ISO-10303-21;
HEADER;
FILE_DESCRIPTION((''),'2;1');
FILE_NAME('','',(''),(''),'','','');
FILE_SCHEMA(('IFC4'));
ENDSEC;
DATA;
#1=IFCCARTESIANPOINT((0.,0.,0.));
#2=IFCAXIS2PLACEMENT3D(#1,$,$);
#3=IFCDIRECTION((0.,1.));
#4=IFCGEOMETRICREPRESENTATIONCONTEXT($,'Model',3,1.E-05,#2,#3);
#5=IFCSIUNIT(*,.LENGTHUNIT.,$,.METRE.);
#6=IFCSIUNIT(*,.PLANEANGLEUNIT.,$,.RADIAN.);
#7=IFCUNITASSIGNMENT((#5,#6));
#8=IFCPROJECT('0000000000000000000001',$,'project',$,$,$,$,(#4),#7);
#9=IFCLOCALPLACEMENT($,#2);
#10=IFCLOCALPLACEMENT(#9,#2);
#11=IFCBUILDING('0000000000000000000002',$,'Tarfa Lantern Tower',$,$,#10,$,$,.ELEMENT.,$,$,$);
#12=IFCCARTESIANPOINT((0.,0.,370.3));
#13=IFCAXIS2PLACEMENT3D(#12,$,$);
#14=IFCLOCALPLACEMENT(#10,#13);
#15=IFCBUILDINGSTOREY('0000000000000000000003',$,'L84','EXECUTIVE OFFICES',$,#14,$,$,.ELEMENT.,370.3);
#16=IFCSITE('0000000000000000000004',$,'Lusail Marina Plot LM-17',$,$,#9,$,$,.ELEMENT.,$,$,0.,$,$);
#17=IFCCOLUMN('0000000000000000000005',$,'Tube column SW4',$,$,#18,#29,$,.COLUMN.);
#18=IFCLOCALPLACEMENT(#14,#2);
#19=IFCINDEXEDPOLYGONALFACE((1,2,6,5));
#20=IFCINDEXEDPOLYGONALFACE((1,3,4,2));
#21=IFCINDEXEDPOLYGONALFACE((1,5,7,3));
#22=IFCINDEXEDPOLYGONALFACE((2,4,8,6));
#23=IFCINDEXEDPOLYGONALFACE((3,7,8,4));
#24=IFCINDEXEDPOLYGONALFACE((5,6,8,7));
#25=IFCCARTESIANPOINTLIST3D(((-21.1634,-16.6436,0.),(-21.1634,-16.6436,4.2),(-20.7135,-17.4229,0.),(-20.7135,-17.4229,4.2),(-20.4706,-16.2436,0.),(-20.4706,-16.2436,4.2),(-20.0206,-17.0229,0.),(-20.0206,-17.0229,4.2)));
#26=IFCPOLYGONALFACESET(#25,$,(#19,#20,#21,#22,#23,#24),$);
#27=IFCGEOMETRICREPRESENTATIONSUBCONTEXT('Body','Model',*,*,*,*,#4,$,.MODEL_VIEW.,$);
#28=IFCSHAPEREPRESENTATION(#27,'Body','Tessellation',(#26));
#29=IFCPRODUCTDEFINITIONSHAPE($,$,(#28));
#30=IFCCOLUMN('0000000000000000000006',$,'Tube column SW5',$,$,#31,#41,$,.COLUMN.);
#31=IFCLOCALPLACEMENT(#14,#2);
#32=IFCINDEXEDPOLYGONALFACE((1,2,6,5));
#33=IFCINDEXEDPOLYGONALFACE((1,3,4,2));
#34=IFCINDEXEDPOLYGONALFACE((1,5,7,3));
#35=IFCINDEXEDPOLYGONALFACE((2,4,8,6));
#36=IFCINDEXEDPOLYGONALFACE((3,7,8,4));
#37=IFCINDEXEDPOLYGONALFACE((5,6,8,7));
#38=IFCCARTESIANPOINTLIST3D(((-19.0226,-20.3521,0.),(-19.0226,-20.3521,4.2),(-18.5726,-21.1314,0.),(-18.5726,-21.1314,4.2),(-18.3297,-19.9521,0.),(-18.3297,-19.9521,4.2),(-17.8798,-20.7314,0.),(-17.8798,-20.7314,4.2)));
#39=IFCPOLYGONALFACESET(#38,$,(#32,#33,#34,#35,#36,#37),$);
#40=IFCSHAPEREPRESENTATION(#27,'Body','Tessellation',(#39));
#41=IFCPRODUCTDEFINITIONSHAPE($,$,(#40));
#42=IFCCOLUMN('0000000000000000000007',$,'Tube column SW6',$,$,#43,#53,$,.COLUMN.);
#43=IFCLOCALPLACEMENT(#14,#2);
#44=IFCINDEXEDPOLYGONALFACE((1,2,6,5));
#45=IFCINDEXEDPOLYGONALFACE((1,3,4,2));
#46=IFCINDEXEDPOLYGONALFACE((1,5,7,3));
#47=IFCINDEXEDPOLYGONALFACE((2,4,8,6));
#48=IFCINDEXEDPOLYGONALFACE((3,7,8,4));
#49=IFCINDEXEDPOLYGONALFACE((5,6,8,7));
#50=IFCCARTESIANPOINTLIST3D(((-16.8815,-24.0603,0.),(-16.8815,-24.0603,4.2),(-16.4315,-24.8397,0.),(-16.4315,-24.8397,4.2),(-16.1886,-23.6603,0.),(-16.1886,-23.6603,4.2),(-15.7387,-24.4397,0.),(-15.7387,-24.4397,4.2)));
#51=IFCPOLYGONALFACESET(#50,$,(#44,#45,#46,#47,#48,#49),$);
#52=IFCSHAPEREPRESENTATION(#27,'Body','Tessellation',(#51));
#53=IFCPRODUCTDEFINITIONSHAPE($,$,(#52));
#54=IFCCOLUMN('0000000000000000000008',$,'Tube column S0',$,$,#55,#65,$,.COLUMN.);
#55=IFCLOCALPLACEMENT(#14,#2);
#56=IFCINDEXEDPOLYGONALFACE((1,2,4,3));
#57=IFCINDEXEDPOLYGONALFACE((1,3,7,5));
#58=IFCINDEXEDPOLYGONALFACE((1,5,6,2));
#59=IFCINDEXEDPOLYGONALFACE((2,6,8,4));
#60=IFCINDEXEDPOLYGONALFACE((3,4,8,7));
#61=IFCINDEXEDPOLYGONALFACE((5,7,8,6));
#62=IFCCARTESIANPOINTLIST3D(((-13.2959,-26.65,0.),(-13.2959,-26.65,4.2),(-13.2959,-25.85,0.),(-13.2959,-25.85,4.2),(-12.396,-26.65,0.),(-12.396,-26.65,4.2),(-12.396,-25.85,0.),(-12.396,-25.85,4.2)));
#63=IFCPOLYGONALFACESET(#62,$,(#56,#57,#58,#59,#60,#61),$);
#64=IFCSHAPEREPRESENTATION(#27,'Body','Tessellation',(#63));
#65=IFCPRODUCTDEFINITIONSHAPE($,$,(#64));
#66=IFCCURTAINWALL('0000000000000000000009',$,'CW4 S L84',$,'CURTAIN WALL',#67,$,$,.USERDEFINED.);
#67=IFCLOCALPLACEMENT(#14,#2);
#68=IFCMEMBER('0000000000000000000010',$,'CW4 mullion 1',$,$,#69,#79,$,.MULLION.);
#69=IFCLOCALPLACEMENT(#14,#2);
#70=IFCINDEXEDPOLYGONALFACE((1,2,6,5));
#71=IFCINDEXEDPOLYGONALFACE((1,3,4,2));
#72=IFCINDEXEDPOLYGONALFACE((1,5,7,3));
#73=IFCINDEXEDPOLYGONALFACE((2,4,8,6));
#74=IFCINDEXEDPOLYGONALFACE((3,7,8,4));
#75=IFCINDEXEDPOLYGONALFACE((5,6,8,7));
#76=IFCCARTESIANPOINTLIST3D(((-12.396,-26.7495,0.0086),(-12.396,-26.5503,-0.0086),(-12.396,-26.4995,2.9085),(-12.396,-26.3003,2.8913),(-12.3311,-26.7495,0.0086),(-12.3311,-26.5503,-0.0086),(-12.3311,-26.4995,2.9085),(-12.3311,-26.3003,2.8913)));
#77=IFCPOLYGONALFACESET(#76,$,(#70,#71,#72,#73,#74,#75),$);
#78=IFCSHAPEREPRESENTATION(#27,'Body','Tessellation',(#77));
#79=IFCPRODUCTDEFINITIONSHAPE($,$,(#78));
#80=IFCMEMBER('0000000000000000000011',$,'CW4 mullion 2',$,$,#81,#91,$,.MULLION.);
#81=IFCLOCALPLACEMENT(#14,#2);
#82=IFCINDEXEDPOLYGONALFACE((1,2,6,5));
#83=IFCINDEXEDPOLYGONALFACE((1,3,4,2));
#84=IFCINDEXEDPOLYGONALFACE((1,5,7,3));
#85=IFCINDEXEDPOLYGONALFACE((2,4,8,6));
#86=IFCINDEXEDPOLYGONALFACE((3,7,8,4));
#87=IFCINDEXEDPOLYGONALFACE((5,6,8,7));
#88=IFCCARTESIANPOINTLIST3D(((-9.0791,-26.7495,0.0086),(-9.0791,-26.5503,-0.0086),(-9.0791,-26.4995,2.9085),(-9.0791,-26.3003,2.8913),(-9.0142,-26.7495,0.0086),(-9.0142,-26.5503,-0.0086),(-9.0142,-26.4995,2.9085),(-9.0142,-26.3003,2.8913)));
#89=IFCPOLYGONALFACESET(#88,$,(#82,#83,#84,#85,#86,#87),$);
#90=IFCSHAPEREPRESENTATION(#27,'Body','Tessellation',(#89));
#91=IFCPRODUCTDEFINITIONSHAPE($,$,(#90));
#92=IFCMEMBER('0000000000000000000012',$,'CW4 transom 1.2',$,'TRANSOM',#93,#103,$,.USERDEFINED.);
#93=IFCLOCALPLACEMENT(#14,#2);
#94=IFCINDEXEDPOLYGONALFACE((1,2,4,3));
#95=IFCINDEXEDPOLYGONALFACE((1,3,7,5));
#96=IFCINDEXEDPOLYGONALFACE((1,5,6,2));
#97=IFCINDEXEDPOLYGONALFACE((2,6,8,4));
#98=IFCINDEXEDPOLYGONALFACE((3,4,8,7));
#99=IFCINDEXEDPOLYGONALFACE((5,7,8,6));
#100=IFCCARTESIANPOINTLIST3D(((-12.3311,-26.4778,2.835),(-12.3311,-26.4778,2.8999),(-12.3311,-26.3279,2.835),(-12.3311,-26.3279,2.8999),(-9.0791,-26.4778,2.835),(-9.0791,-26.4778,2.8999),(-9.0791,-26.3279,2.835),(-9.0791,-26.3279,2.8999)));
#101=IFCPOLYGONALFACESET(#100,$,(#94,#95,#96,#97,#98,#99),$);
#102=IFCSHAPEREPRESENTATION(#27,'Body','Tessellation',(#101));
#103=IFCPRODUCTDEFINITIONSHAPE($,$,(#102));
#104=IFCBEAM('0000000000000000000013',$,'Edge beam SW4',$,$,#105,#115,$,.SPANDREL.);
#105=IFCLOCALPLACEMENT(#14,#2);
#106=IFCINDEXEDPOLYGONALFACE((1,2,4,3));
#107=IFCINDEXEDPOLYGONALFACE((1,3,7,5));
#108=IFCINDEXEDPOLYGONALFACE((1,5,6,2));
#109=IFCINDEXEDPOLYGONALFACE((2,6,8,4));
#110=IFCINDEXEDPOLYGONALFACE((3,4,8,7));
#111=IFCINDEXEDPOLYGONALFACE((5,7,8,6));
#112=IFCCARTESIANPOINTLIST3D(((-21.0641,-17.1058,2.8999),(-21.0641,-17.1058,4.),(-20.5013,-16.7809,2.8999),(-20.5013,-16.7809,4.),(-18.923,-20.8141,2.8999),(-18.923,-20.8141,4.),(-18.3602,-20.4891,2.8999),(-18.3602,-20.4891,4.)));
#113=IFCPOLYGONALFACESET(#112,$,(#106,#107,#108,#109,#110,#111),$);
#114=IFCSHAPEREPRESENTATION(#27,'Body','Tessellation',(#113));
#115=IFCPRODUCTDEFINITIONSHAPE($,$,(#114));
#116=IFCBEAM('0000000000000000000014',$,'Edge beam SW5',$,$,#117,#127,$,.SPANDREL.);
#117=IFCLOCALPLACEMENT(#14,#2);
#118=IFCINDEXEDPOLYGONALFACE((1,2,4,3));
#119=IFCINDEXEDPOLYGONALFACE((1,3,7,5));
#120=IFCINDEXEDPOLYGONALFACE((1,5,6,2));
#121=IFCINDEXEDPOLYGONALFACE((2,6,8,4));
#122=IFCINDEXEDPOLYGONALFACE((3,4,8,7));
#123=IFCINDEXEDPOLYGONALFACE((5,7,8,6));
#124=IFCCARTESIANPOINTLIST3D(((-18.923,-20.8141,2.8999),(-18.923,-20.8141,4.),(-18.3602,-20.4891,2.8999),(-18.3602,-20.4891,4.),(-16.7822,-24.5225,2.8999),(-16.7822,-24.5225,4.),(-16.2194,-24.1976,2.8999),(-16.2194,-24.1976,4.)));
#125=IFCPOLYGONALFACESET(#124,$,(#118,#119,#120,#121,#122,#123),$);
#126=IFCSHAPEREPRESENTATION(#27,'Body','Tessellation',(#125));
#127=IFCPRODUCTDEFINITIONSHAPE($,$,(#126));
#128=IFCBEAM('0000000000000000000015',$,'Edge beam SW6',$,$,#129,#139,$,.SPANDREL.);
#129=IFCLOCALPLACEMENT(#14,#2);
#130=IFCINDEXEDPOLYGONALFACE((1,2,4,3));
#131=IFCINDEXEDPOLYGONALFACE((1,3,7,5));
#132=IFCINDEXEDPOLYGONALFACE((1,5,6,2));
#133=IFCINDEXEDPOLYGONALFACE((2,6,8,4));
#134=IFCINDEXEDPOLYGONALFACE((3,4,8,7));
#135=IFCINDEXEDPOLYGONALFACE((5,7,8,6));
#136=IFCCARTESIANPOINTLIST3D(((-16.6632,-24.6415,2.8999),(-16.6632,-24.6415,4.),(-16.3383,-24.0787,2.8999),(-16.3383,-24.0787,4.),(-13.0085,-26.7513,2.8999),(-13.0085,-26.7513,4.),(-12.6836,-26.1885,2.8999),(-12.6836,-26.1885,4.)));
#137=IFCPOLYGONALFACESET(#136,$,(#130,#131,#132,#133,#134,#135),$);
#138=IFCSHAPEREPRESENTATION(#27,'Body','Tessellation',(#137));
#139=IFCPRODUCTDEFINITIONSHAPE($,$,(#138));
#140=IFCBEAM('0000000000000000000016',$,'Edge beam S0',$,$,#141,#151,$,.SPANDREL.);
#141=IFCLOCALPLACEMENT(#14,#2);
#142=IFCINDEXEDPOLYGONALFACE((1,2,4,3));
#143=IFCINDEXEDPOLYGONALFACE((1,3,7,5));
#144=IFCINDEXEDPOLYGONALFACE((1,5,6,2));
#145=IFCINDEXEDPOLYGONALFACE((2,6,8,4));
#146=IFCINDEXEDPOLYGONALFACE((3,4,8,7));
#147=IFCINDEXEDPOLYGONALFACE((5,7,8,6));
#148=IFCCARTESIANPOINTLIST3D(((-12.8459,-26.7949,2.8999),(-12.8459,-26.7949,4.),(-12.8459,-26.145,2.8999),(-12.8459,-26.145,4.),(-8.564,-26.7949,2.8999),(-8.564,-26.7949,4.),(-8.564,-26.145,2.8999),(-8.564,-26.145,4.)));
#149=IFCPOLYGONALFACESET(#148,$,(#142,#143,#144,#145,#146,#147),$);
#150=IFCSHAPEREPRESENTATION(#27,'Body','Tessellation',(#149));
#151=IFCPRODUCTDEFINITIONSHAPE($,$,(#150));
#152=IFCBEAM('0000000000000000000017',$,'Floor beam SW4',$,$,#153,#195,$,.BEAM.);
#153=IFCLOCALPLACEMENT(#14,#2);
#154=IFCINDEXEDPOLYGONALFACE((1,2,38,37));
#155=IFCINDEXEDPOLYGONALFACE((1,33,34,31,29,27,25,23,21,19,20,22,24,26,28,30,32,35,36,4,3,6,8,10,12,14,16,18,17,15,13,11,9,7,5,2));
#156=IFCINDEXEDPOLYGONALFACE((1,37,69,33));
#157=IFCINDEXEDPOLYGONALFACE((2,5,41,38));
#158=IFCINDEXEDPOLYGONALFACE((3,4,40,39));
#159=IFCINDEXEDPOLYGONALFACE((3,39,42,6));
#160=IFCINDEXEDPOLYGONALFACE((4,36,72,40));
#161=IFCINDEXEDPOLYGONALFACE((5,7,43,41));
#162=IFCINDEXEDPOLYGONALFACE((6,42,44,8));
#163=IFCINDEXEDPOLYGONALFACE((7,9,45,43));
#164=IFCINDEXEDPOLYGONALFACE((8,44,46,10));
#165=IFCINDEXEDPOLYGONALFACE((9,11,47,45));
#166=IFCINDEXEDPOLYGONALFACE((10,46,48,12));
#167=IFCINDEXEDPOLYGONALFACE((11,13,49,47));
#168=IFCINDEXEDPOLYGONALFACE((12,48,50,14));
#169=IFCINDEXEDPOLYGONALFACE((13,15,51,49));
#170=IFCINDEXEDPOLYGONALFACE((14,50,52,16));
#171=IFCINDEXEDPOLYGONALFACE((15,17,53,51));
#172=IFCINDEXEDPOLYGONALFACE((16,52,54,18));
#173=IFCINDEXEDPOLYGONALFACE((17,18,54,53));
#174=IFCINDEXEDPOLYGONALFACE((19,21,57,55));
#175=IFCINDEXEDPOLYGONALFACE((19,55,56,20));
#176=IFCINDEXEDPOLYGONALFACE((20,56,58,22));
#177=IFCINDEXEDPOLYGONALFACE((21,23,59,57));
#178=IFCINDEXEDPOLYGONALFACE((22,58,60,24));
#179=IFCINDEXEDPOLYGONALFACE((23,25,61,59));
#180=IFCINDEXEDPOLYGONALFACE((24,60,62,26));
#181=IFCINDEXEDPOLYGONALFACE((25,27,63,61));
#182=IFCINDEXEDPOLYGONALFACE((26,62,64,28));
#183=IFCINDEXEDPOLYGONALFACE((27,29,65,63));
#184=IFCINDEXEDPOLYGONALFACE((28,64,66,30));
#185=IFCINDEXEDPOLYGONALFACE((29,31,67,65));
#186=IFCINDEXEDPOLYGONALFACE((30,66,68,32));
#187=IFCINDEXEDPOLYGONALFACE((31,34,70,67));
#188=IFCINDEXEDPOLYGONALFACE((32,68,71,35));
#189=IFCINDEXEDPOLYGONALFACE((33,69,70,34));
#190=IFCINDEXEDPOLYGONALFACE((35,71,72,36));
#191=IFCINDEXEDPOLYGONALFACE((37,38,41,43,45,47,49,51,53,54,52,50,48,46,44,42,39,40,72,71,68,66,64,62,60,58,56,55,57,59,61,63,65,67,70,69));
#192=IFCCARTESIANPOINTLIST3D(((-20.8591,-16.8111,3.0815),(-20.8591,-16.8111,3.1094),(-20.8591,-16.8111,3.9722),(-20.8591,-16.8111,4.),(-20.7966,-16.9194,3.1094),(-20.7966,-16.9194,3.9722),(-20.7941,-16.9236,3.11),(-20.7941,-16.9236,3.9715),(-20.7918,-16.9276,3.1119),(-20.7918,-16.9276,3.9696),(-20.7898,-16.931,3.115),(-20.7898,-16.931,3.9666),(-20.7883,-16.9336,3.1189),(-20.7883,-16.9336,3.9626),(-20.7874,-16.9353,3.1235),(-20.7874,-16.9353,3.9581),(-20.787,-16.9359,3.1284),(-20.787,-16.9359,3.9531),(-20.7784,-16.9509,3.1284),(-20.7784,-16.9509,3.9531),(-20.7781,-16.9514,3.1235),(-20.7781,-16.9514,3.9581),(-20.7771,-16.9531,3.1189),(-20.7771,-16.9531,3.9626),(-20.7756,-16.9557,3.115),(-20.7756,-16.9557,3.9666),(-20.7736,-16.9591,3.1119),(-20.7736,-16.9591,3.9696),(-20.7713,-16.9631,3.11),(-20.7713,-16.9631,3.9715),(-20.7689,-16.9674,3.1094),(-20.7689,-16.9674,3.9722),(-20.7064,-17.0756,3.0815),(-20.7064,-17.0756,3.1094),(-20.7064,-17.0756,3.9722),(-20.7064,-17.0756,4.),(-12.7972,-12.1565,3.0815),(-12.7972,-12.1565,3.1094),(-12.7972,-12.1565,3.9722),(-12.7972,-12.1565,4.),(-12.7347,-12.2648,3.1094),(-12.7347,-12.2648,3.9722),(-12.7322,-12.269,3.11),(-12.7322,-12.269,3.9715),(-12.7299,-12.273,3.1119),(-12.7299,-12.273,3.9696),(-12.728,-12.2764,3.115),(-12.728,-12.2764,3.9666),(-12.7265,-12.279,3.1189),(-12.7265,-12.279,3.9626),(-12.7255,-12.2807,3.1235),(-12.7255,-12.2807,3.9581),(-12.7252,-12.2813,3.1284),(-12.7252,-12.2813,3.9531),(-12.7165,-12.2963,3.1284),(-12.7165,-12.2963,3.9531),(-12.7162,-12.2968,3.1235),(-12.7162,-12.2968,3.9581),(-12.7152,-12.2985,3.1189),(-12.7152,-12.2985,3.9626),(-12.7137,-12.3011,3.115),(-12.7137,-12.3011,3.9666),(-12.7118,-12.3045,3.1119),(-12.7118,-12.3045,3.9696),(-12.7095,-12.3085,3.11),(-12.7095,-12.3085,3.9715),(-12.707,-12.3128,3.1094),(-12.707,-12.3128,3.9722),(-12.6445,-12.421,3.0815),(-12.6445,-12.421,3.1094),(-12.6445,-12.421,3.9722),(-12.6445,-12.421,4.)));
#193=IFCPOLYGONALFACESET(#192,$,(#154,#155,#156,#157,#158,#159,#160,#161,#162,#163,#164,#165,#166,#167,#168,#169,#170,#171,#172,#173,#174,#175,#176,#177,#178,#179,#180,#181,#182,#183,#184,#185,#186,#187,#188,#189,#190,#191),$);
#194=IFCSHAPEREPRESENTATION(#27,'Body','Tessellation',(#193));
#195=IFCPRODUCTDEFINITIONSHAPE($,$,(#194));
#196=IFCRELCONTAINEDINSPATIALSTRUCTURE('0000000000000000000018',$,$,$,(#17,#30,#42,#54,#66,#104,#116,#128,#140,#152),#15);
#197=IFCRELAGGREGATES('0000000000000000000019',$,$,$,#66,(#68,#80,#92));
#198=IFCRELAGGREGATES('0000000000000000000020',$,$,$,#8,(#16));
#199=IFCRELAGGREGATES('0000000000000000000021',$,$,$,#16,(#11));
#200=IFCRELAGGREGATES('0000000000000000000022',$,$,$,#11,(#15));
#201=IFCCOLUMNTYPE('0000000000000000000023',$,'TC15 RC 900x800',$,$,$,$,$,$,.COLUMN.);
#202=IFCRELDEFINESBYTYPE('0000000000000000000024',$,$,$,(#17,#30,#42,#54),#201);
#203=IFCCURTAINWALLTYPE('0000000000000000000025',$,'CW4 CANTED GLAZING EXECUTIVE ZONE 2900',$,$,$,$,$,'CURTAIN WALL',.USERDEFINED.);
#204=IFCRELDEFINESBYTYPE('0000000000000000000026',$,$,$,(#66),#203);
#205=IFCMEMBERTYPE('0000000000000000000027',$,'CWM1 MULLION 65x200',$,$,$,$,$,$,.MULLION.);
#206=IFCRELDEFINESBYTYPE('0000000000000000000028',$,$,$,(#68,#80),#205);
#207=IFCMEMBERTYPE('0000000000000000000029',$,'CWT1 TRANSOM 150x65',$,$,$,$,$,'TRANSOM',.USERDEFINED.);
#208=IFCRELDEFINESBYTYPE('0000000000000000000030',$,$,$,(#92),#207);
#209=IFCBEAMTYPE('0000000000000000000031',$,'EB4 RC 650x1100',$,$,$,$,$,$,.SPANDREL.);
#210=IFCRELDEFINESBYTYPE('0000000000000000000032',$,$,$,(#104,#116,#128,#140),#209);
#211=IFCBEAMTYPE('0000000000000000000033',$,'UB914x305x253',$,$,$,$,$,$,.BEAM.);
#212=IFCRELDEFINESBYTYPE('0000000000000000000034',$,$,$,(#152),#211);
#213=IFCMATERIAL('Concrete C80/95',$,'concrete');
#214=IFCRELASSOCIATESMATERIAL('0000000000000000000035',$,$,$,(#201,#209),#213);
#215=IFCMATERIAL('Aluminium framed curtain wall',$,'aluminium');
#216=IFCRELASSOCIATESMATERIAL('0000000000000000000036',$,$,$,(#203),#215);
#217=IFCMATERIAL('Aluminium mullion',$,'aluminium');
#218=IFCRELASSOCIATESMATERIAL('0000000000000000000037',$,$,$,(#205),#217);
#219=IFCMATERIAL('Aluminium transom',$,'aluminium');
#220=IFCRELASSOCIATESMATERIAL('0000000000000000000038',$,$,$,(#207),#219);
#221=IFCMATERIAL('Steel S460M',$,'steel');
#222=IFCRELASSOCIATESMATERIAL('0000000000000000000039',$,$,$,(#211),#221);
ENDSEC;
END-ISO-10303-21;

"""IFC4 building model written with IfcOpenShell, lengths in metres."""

from ifc_helpers import new_model, si_unit, direction, frame, origin, origin_2d, place, context, subcontext, project, spatial, rectangle, i_section, extrude, material, material_profile, profile_set, type_object, element, aggregate, save


model = new_model("IFC4")

# Units and contexts
model_context = context("Model", 3, precision=1e-05, world=origin(), true_north=direction((0.0, 1.0)))
body_context = subcontext(model_context, "Body", "Model", "MODEL_VIEW")
ifc_project = project(units=[si_unit("LENGTHUNIT", "METRE"), si_unit("PLANEANGLEUNIT", "RADIAN")], contexts=[model_context])

# Site, building, storey
site_placement = place(None, origin())
site = spatial("IfcSite", under=ifc_project, at=site_placement, Name="Lusail Marina Plot LM-17", CompositionType="ELEMENT", RefElevation=0.0)
building_placement = place(site_placement, origin())
building = spatial("IfcBuilding", under=site, at=building_placement, Name="Tarfa Lantern Tower", CompositionType="ELEMENT")
storey_placement = place(building_placement, frame((0.0, 0.0, 370.3)))
storey = spatial("IfcBuildingStorey", under=building, at=storey_placement, Name="L84", Description="EXECUTIVE OFFICES", CompositionType="ELEMENT", Elevation=370.3)

# Columns
ifc_material_1 = material(Name="Concrete C80/95", Category="concrete")
ifc_material_profile_1 = material_profile(ifc_material_1, rectangle(XDim=0.8999, YDim=0.8, at=origin_2d()), Name="RC 900x800")
ifc_profile_set_1 = profile_set([ifc_material_profile_1], Name="Concrete C80/95")
column_type = type_object("IfcColumnType", Name="TC15 RC 900x800", PredefinedType="COLUMN", material=ifc_profile_set_1)
for number, where, z_axis, x_axis, name in (
    (1, (-20.592, -16.8333, 0.0), (0.0, 0.0, 1.0), (0.5, -0.866025, 0.0), "Tube column SW4"),
    (2, (-18.4512, -20.5417, 0.0), (0.0, 0.0, 1.0), (0.5, -0.866025, 0.0), "Tube column SW5"),
    (3, (-16.3101, -24.25, 0.0), (0.0, 0.0, 1.0), (0.5, -0.866025, 0.0), "Tube column SW6"),
    (4, (-12.8459, -26.25, 0.0), (0.0, 0.0, 1.0), (1.0, 0.0, 0.0), "Tube column S0"),
):
    element("IfcColumn", number, at=place(storey_placement, frame(where, z_axis=z_axis, x_axis=x_axis)), inside=storey, type_object=column_type, Name=name, PredefinedType="COLUMN", context=body_context, shape_type="SweptSolid", body=[
        extrude(rectangle(XDim=0.8999, YDim=0.8, at=origin_2d()), origin(), (0.0, 0.0, 1.0), 4.2),
    ])

# Curtain wall, members
ifc_material_2 = material(Name="Aluminium framed curtain wall", Category="aluminium")
curtain_wall_type = type_object("IfcCurtainWallType", Name="CW4 CANTED GLAZING EXECUTIVE ZONE 2900", ElementType="CURTAIN WALL", PredefinedType="USERDEFINED", material=ifc_material_2)
curtain_wall_placement = place(storey_placement, origin())
curtain_wall = element("IfcCurtainWall", 5, at=curtain_wall_placement, inside=storey, type_object=curtain_wall_type, Name="CW4 S L84", ObjectType="CURTAIN WALL", PredefinedType="USERDEFINED")
ifc_material_3 = material(Name="Aluminium mullion", Category="aluminium")
ifc_material_profile_2 = material_profile(ifc_material_3, rectangle(XDim=0.0649, YDim=0.2, at=origin_2d()), Name="AL MULLION 65x200")
ifc_profile_set_2 = profile_set([ifc_material_profile_2], Name="Aluminium mullion")
member_type_1 = type_object("IfcMemberType", Name="CWM1 MULLION 65x200", PredefinedType="MULLION", material=ifc_profile_set_2)
member_1_placement = place(storey_placement, frame((-12.3635, -26.6499, 0.0), z_axis=(0.0, 0.085891, 0.996305), x_axis=(-1.0, 0.0, 0.0)))
member_1 = element("IfcMember", 6, at=member_1_placement, type_object=member_type_1, Name="CW4 mullion 1", PredefinedType="MULLION", context=body_context, shape_type="SweptSolid", body=[
    extrude(rectangle(XDim=0.0649, YDim=0.2, at=origin_2d()), origin(), (0.0, 0.0, 1.0), 2.9106),
])
member_2_placement = place(storey_placement, frame((-9.0466, -26.6499, 0.0), z_axis=(0.0, 0.085891, 0.996305), x_axis=(-1.0, 0.0, 0.0)))
member_2 = element("IfcMember", 7, at=member_2_placement, type_object=member_type_1, Name="CW4 mullion 2", PredefinedType="MULLION", context=body_context, shape_type="SweptSolid", body=[
    extrude(rectangle(XDim=0.0649, YDim=0.2, at=origin_2d()), origin(), (0.0, 0.0, 1.0), 2.9106),
])
ifc_material_4 = material(Name="Aluminium transom", Category="aluminium")
ifc_material_profile_3 = material_profile(ifc_material_4, rectangle(XDim=0.1499, YDim=0.0649, at=origin_2d()), Name="AL TRANSOM 150x65")
ifc_profile_set_3 = profile_set([ifc_material_profile_3], Name="Aluminium transom")
member_type_2 = type_object("IfcMemberType", Name="CWT1 TRANSOM 150x65", ElementType="TRANSOM", PredefinedType="USERDEFINED", material=ifc_profile_set_3)
member_3_placement = place(storey_placement, frame((-12.3311, -26.4028, 2.8674), z_axis=(1.0, 0.0, 0.0), x_axis=(0.0, 1.0, 0.0)))
member_3 = element("IfcMember", 8, at=member_3_placement, type_object=member_type_2, Name="CW4 transom 1.2", ObjectType="TRANSOM", PredefinedType="USERDEFINED", context=body_context, shape_type="SweptSolid", body=[
    extrude(rectangle(XDim=0.1499, YDim=0.0649, at=origin_2d()), origin(), (0.0, 0.0, 1.0), 3.252),
])

# Beams
ifc_material_profile_4 = material_profile(ifc_material_1, rectangle(XDim=0.6499, YDim=1.1001, at=origin_2d()), Name="RC 650x1100")
ifc_profile_set_4 = profile_set([ifc_material_profile_4], Name="Concrete C80/95")
beam_type_1 = type_object("IfcBeamType", Name="EB4 RC 650x1100", PredefinedType="SPANDREL", material=ifc_profile_set_4)
for number, where, z_axis, x_axis, name in (
    (9, (-20.7827, -16.9434, 3.45), (0.500027, -0.86601, 0.0), (0.86601, 0.500027, 0.0), "Edge beam SW4"),
    (10, (-18.6416, -20.6516, 3.45), (0.499959, -0.866049, 0.0), (0.866049, 0.499959, 0.0), "Edge beam SW5"),
):
    element("IfcBeam", number, at=place(storey_placement, frame(where, z_axis=z_axis, x_axis=x_axis)), inside=storey, type_object=beam_type_1, Name=name, PredefinedType="SPANDREL", context=body_context, shape_type="SweptSolid", body=[
        extrude(rectangle(XDim=0.6499, YDim=1.1001, at=origin_2d()), origin(), (0.0, 0.0, 1.0), 4.282),
    ])
beam_1_placement = place(storey_placement, frame((-16.5007, -24.3601, 3.45), z_axis=(0.866049, -0.499959, 0.0), x_axis=(0.499959, 0.866049, 0.0)))
element("IfcBeam", 11, at=beam_1_placement, inside=storey, type_object=beam_type_1, Name="Edge beam SW6", PredefinedType="SPANDREL", context=body_context, shape_type="SweptSolid", body=[
    extrude(rectangle(XDim=0.6499, YDim=1.1001, at=origin_2d()), origin(), (0.0, 0.0, 1.0), 4.22),
])
beam_2_placement = place(storey_placement, frame((-12.8459, -26.47, 3.45), z_axis=(1.0, 0.0, 0.0), x_axis=(0.0, 1.0, 0.0)))
element("IfcBeam", 12, at=beam_2_placement, inside=storey, type_object=beam_type_1, Name="Edge beam S0", PredefinedType="SPANDREL", context=body_context, shape_type="SweptSolid", body=[
    extrude(rectangle(XDim=0.6499, YDim=1.1001, at=origin_2d()), origin(), (0.0, 0.0, 1.0), 4.282),
])
ifc_material_5 = material(Name="Steel S460M", Category="steel")
ifc_material_profile_5 = material_profile(ifc_material_5, i_section(OverallWidth=0.3054, OverallDepth=0.9185, WebThickness=0.0173, FlangeThickness=0.0278, FilletRadius=0.019, at=origin_2d()), Name="UB914x305x253")
ifc_profile_set_5 = profile_set([ifc_material_profile_5], Name="Steel S460M")
beam_type_2 = type_object("IfcBeamType", Name="UB914x305x253", PredefinedType="BEAM", material=ifc_profile_set_5)
beam_3_placement = place(storey_placement, frame((-20.7827, -16.9434, 3.5408), z_axis=(0.866022, 0.500006, 0.0), x_axis=(-0.500006, 0.866022, 0.0)))
element("IfcBeam", 13, at=beam_3_placement, inside=storey, type_object=beam_type_2, Name="Floor beam SW4", PredefinedType="BEAM", context=body_context, shape_type="SweptSolid", body=[
    extrude(i_section(OverallWidth=0.3054, OverallDepth=0.9185, WebThickness=0.0173, FlangeThickness=0.0278, FilletRadius=0.019, at=origin_2d()), origin(), (0.0, 0.0, 1.0), 9.3091),
])

aggregate(curtain_wall, [member_1, member_2, member_3])

save(model, "model.ifc")
